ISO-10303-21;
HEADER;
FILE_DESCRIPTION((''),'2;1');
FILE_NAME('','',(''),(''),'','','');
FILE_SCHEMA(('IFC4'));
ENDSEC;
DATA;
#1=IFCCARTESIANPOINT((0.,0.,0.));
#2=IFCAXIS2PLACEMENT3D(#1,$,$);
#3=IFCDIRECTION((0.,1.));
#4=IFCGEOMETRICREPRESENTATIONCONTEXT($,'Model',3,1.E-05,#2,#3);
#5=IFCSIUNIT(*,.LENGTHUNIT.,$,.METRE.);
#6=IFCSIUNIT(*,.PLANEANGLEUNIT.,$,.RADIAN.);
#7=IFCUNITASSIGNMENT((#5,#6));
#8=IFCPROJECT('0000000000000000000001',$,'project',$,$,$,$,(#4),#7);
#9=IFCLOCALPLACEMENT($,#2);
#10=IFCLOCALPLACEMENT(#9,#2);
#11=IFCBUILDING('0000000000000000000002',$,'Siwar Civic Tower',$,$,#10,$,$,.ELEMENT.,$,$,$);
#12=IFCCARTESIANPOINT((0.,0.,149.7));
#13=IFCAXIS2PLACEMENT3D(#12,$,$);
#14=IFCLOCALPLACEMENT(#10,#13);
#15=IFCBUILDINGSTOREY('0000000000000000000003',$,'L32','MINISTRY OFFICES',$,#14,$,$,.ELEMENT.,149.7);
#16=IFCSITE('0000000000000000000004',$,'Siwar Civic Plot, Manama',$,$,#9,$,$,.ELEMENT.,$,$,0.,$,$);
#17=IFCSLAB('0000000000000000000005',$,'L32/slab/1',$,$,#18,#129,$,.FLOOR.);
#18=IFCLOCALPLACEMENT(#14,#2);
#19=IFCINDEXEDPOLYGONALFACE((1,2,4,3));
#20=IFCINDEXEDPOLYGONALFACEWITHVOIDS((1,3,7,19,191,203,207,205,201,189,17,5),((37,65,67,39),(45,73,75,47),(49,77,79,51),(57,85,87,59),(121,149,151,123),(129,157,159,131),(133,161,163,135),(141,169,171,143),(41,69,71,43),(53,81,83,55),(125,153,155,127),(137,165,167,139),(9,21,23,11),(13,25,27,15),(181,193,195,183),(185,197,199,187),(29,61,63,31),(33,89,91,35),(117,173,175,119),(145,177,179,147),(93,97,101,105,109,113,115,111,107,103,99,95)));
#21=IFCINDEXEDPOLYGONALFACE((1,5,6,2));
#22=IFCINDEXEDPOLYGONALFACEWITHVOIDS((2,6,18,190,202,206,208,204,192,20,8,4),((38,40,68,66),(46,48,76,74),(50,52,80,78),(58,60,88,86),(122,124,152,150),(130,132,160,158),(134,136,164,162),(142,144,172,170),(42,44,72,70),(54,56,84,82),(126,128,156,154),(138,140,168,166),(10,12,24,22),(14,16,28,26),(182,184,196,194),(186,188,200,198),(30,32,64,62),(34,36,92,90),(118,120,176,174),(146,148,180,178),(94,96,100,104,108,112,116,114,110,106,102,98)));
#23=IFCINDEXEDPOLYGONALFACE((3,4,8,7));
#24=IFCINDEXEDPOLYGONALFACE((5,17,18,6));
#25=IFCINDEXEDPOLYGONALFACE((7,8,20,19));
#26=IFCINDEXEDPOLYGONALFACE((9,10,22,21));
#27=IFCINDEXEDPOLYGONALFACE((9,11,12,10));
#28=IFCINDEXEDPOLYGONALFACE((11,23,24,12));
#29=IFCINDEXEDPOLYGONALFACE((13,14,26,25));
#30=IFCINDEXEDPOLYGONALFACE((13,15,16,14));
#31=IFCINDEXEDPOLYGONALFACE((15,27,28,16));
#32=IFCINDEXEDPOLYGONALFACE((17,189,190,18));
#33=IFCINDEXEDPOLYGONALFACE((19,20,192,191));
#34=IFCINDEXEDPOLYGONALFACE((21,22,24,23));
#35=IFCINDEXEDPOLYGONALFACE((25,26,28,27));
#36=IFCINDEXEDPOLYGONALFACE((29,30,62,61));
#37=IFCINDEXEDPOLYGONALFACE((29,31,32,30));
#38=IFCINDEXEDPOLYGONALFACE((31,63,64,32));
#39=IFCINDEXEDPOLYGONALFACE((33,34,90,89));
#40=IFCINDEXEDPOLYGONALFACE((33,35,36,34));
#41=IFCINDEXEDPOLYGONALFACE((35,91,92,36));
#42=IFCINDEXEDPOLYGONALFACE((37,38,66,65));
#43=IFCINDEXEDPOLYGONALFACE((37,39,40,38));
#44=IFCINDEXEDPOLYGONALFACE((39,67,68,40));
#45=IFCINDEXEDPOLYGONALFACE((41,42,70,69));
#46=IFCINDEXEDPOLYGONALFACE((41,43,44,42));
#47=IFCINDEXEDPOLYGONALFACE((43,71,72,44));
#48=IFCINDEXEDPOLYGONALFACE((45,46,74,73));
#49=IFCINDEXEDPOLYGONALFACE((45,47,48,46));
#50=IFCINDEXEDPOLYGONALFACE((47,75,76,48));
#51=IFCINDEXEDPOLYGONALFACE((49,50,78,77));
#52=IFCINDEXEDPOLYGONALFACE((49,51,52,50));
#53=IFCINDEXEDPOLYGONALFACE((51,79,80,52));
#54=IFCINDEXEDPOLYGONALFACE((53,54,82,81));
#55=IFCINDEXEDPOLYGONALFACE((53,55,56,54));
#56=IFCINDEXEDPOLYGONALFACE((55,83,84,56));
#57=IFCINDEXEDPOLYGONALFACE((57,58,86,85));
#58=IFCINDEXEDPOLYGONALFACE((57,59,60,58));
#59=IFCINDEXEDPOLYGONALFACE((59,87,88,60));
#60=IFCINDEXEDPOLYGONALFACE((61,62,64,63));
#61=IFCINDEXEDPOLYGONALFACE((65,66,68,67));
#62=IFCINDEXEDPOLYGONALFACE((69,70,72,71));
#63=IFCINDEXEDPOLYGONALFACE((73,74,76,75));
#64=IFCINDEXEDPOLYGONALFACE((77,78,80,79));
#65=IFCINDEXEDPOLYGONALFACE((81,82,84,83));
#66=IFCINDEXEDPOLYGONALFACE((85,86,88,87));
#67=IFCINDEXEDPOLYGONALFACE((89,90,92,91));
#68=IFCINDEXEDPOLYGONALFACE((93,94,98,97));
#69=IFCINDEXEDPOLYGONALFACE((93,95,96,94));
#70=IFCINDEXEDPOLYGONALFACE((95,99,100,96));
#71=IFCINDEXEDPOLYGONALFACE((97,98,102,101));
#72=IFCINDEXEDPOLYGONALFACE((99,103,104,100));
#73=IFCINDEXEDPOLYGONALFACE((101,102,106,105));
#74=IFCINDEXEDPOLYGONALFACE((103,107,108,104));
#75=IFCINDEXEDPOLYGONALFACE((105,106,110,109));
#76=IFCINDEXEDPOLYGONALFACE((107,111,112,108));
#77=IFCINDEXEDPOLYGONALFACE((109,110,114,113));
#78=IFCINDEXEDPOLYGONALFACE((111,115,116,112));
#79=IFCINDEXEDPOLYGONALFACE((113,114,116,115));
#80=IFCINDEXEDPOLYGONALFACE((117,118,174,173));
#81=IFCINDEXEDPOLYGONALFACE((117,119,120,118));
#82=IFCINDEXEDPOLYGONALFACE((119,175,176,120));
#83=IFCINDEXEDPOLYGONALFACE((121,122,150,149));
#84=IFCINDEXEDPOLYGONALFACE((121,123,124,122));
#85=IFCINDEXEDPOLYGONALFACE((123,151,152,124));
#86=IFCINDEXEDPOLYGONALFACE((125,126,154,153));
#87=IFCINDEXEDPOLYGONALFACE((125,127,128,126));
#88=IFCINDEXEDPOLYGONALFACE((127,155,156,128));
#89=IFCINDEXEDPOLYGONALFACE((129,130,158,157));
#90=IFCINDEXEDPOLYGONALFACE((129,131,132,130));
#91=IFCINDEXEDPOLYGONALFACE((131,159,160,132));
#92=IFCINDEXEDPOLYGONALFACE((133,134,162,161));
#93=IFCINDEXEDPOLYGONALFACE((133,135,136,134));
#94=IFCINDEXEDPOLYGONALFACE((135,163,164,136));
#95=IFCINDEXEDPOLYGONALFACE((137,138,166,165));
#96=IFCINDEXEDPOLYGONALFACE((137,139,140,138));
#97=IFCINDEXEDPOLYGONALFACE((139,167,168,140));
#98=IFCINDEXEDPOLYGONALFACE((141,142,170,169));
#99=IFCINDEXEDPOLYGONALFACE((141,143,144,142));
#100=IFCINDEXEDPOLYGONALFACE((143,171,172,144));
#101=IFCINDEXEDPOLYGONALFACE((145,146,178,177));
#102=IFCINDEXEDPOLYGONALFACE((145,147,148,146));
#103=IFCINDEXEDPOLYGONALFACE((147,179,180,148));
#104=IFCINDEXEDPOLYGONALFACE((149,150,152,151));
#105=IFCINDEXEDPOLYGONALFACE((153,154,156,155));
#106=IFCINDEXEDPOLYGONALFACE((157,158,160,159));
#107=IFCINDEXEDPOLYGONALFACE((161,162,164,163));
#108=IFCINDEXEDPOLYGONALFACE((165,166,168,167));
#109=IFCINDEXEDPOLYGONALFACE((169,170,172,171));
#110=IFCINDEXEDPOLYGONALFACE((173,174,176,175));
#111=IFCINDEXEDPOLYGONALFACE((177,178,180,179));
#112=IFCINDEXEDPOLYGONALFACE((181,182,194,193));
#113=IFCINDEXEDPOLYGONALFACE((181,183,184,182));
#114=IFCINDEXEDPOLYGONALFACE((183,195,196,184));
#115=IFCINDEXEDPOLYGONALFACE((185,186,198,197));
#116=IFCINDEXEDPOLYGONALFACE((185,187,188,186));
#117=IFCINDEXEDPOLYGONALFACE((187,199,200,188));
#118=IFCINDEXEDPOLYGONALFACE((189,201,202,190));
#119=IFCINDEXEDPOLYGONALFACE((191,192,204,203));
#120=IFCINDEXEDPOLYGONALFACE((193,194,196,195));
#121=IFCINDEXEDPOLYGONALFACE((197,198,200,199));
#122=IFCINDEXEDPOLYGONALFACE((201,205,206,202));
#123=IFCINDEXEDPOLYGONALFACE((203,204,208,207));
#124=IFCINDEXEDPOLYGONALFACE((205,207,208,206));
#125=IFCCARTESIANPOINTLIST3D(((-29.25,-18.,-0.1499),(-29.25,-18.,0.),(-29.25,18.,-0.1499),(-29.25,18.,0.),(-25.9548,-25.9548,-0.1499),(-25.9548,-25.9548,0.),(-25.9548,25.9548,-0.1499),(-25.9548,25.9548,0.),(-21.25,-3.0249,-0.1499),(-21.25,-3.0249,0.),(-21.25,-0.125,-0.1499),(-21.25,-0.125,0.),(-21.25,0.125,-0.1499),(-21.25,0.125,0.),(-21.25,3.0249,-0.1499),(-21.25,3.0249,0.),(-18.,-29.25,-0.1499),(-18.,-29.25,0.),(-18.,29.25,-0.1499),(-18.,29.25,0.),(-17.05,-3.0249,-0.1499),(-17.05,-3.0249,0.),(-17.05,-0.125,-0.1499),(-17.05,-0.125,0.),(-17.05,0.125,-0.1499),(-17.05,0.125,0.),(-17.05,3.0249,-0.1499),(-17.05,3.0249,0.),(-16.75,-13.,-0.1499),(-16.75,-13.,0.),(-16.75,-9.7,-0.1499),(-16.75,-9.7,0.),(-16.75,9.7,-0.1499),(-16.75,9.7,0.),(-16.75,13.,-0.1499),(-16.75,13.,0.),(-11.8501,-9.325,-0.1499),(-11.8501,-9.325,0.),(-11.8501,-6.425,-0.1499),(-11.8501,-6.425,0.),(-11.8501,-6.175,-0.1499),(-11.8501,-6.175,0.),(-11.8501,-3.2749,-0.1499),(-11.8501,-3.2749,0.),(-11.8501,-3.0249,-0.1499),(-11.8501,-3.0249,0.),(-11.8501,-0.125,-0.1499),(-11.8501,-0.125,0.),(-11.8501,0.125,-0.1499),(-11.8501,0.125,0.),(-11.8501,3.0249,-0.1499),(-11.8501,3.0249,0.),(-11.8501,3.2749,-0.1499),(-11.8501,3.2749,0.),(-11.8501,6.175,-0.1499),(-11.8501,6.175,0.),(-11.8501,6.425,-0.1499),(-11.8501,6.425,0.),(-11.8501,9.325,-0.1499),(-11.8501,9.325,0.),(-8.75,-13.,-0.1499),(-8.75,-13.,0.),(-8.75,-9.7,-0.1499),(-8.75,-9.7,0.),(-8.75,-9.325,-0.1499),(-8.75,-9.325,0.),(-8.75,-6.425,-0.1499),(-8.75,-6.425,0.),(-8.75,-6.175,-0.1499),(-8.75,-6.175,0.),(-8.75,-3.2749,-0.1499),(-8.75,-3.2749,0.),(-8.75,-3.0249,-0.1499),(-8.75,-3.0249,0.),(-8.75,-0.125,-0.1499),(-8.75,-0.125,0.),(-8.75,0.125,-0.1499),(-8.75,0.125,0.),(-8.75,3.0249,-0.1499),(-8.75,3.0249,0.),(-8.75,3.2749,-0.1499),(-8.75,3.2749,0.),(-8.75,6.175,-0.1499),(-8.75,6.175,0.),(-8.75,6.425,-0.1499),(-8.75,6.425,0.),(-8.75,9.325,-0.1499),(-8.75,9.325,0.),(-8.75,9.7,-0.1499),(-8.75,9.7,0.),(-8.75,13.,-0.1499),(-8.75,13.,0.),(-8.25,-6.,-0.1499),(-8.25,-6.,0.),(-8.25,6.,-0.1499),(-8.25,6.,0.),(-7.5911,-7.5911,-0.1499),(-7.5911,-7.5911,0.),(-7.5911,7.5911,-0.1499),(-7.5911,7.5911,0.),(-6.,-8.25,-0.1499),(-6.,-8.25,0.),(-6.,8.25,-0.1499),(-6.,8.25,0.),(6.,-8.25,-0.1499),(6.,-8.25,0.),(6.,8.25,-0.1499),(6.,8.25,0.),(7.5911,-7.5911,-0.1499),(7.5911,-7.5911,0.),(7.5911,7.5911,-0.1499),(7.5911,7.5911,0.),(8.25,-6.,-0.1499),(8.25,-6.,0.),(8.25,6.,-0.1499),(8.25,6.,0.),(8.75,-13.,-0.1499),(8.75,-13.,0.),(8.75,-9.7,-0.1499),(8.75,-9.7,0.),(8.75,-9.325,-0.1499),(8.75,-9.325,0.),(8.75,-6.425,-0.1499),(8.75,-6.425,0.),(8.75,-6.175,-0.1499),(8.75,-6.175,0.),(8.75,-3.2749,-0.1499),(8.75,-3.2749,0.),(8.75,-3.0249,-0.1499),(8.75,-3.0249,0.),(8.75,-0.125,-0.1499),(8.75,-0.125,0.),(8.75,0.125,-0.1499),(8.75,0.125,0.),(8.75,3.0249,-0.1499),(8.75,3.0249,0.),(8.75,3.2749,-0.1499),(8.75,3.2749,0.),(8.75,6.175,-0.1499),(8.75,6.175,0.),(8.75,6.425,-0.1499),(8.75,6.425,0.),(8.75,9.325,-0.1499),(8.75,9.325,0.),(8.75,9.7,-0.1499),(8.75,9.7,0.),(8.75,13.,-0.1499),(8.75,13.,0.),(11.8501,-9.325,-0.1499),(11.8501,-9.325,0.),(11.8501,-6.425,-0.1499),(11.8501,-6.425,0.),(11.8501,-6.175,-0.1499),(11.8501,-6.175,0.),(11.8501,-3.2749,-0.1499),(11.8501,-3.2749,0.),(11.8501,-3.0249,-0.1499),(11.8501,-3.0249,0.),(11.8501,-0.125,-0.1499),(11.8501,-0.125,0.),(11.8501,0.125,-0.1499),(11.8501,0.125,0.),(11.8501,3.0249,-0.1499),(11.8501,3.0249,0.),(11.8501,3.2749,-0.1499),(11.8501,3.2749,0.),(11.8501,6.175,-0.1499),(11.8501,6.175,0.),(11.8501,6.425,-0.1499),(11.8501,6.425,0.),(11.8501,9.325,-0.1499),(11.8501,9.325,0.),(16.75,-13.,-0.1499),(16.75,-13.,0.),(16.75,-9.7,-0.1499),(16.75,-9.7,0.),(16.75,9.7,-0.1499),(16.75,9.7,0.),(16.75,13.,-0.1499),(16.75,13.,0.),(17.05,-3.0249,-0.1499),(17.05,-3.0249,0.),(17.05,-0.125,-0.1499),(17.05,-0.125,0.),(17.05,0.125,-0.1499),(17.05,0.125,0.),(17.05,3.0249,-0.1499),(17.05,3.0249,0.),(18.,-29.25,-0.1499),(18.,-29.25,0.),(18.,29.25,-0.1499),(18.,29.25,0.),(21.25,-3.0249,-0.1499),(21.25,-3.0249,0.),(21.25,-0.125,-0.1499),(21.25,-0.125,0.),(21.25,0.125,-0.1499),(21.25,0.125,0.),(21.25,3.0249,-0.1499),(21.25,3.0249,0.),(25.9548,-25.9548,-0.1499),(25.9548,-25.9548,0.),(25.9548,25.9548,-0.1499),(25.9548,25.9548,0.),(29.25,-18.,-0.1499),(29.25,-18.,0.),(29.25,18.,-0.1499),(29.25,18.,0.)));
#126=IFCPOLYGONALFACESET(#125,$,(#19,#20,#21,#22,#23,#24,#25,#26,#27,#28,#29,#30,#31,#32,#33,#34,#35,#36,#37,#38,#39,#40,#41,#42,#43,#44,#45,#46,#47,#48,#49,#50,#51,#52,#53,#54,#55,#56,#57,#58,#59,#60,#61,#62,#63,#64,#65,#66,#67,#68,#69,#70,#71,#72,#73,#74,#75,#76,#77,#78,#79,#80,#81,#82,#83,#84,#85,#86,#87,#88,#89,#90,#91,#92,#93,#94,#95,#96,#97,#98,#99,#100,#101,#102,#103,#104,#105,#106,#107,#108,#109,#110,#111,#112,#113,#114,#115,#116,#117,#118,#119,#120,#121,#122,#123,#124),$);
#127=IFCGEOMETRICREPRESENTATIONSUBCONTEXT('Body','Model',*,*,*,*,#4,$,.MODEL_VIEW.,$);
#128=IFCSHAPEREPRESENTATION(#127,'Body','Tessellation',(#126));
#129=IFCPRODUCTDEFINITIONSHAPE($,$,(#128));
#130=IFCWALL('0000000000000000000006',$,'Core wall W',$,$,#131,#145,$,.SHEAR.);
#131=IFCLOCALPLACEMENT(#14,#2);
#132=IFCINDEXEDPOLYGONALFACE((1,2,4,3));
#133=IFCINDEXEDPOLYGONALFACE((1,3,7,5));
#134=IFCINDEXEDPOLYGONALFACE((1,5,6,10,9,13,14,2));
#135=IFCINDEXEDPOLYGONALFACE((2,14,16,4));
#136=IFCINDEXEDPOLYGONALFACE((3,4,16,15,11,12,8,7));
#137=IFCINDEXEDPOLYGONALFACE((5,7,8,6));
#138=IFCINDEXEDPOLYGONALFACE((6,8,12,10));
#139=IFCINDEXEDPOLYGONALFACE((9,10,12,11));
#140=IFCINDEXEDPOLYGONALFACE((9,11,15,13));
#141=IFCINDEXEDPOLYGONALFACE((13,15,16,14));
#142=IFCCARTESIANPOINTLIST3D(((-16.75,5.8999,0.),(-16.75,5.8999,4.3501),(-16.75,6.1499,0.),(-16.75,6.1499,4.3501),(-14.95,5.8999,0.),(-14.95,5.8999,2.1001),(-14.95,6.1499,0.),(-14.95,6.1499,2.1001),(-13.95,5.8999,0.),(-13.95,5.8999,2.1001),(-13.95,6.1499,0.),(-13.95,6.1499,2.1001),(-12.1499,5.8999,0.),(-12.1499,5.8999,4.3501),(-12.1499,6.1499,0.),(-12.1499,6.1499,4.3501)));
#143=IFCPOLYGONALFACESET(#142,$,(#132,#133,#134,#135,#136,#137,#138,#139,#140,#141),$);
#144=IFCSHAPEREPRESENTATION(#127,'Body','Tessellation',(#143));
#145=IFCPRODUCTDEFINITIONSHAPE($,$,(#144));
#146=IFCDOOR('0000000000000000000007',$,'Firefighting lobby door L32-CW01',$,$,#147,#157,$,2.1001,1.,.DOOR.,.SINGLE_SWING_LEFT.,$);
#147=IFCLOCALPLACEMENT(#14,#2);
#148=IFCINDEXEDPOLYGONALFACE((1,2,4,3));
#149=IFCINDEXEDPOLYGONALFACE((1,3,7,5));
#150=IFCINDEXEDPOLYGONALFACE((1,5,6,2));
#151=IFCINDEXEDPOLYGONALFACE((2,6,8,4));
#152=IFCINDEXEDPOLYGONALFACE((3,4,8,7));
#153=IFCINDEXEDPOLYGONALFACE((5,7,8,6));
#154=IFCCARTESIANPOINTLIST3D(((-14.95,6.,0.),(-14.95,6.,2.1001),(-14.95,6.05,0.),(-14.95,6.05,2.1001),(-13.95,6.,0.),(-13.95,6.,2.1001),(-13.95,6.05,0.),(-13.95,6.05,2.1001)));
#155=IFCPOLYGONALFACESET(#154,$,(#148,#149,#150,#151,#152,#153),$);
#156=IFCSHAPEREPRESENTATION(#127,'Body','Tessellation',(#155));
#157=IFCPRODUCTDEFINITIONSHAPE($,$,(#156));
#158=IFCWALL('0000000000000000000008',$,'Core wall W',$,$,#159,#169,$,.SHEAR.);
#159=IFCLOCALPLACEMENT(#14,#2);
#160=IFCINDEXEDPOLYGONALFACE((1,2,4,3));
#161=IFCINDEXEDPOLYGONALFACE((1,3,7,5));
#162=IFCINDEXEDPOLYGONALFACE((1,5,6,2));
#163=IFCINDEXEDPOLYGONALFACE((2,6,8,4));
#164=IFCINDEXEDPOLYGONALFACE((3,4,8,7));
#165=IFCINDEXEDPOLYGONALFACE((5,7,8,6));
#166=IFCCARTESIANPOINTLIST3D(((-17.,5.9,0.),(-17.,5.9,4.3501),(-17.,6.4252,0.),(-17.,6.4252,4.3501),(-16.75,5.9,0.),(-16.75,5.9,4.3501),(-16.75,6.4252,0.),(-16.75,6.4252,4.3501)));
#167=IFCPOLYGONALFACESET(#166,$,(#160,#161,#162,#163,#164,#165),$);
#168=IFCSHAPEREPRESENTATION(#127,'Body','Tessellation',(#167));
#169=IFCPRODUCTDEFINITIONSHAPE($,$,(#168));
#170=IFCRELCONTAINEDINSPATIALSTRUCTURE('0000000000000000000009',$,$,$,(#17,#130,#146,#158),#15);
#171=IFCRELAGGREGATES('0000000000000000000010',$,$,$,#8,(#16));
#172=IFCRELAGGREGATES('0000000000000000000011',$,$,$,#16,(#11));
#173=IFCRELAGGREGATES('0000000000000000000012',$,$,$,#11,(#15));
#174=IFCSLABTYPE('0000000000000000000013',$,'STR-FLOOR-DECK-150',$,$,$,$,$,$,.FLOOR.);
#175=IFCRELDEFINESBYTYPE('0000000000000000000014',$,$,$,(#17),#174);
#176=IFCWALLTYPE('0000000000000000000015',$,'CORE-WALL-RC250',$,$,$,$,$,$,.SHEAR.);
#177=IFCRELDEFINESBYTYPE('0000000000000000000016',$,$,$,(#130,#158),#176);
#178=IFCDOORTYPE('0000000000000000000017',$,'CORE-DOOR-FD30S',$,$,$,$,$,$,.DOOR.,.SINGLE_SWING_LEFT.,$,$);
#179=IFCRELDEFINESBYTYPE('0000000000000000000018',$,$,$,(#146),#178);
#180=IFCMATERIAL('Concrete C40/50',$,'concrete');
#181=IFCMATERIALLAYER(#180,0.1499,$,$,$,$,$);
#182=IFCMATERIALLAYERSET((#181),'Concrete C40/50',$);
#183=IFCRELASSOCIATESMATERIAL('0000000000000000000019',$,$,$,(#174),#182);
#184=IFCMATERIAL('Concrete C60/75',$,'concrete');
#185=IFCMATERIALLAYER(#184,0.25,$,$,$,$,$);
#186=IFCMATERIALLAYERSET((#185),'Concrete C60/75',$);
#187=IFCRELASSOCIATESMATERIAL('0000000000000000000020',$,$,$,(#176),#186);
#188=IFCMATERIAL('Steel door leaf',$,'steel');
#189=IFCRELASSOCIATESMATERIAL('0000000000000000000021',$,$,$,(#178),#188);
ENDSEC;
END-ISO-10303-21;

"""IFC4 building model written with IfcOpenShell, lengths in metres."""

from ifc_helpers import new_model, si_unit, direction, frame, frame_2d, origin, place, context, subcontext, project, spatial, polyline, rectangle, outline, extrude, material, layer, layer_set, type_object, element, fill, save


model = new_model("IFC4")

# Units and contexts
model_context = context("Model", 3, precision=1e-05, world=origin(), true_north=direction((0.0, 1.0)))
body_context = subcontext(model_context, "Body", "Model", "MODEL_VIEW")
ifc_project = project(units=[si_unit("LENGTHUNIT", "METRE"), si_unit("PLANEANGLEUNIT", "RADIAN")], contexts=[model_context])

# Site, building, storey
site_placement = place(None, origin())
site = spatial("IfcSite", under=ifc_project, at=site_placement, Name="Siwar Civic Plot, Manama", CompositionType="ELEMENT", RefElevation=0.0)
building_placement = place(site_placement, origin())
building = spatial("IfcBuilding", under=site, at=building_placement, Name="Siwar Civic Tower", CompositionType="ELEMENT")
storey_placement = place(building_placement, frame((0.0, 0.0, 149.7)))
storey = spatial("IfcBuildingStorey", under=building, at=storey_placement, Name="L32", Description="MINISTRY OFFICES", CompositionType="ELEMENT", Elevation=149.7)

# Slab
ifc_material_1 = material(Name="Concrete C40/50", Category="concrete")
ifc_layer_1 = layer(ifc_material_1, 0.1499)
ifc_layer_set_1 = layer_set([ifc_layer_1], Name="Concrete C40/50")
slab_type_1 = type_object("IfcSlabType", Name="STR-FLOOR-DECK-150", PredefinedType="FLOOR", material=ifc_layer_set_1)
slab_1_placement = place(storey_placement, frame((0.0, 0.0, -0.1499)))
element("IfcSlab", 1, at=slab_1_placement, inside=storey, type_object=slab_type_1, Name="L32/slab/1", PredefinedType="FLOOR", context=body_context, shape_type="SweptSolid", body=[
    extrude(outline(polyline([(-18.0, -29.25), (18.0, -29.25), (25.9548, -25.9548), (29.25, -18.0), (29.25, 18.0), (25.9548, 25.9548), (18.0, 29.25), (-18.0, 29.25), (-25.9548, 25.9548), (-29.25, 18.0), (-29.25, -18.0), (-25.9548, -25.9548), (-18.0, -29.25)]), holes=[polyline([(21.25, 3.0249), (21.25, 0.125), (17.05, 0.125), (17.05, 3.0249), (21.25, 3.0249)]), polyline([(17.05, -0.125), (21.25, -0.125), (21.25, -3.0249), (17.05, -3.0249), (17.05, -0.125)]), polyline([(16.75, 13.0), (16.75, 9.7), (8.75, 9.7), (8.75, 13.0), (16.75, 13.0)]), polyline([(8.75, -9.7), (16.75, -9.7), (16.75, -13.0), (8.75, -13.0), (8.75, -9.7)]), polyline([(11.8501, 9.325), (11.8501, 6.425), (8.75, 6.425), (8.75, 9.325), (11.8501, 9.325)]), polyline([(11.8501, 3.0249), (11.8501, 0.125), (8.75, 0.125), (8.75, 3.0249), (11.8501, 3.0249)]), polyline([(11.8501, -0.125), (11.8501, -3.0249), (8.75, -3.0249), (8.75, -0.125), (11.8501, -0.125)]), polyline([(11.8501, -3.2749), (11.8501, -6.175), (8.75, -6.175), (8.75, -3.2749), (11.8501, -3.2749)]), polyline([(8.75, 6.175), (11.8501, 6.175), (11.8501, 3.2749), (8.75, 3.2749), (8.75, 6.175)]), polyline([(8.75, -6.425), (11.8501, -6.425), (11.8501, -9.325), (8.75, -9.325), (8.75, -6.425)]), polyline([(-6.0, 8.25), (6.0, 8.25), (7.5911, 7.5911), (8.25, 6.0), (8.25, -6.0), (7.5911, -7.5911), (6.0, -8.25), (-6.0, -8.25), (-7.5911, -7.5911), (-8.25, -6.0), (-8.25, 6.0), (-7.5911, 7.5911), (-6.0, 8.25)]), polyline([(-8.75, 9.7), (-16.75, 9.7), (-16.75, 13.0), (-8.75, 13.0), (-8.75, 9.7)]), polyline([(-8.75, 0.125), (-11.8501, 0.125), (-11.8501, 3.0249), (-8.75, 3.0249), (-8.75, 0.125)]), polyline([(-8.75, -6.175), (-11.8501, -6.175), (-11.8501, -3.2749), (-8.75, -3.2749), (-8.75, -6.175)]), polyline([(-8.75, -9.325), (-11.8501, -9.325), (-11.8501, -6.425), (-8.75, -6.425), (-8.75, -9.325)]), polyline([(-8.75, -13.0), (-16.75, -13.0), (-16.75, -9.7), (-8.75, -9.7), (-8.75, -13.0)]), polyline([(-11.8501, 6.425), (-11.8501, 9.325), (-8.75, 9.325), (-8.75, 6.425), (-11.8501, 6.425)]), polyline([(-11.8501, 3.2749), (-11.8501, 6.175), (-8.75, 6.175), (-8.75, 3.2749), (-11.8501, 3.2749)]), polyline([(-11.8501, -3.0249), (-11.8501, -0.125), (-8.75, -0.125), (-8.75, -3.0249), (-11.8501, -3.0249)]), polyline([(-21.25, -3.0249), (-21.25, -0.125), (-17.05, -0.125), (-17.05, -3.0249), (-21.25, -3.0249)]), polyline([(-17.05, 0.125), (-21.25, 0.125), (-21.25, 3.0249), (-17.05, 3.0249), (-17.05, 0.125)])]), origin(), (0.0, 0.0, 1.0), 0.1499),
])

# Wall, opening, door
ifc_material_2 = material(Name="Concrete C60/75", Category="concrete")
ifc_layer_2 = layer(ifc_material_2, 0.25)
ifc_layer_set_2 = layer_set([ifc_layer_2], Name="Concrete C60/75")
wall_type_1 = type_object("IfcWallType", Name="CORE-WALL-RC250", PredefinedType="SHEAR", material=ifc_layer_set_2)
wall_1_placement = place(storey_placement, frame((-12.1499, 6.0249, 0.0), z_axis=(0.0, 0.0, 1.0), x_axis=(-1.0, 0.0, 0.0)))
wall_1 = element("IfcWall", 2, at=wall_1_placement, inside=storey, type_object=wall_type_1, Name="Core wall W", PredefinedType="SHEAR", context=body_context, shape_type="SweptSolid", body=[
    extrude(rectangle(XDim=4.6001, YDim=0.25, at=frame_2d((2.3, 0.0))), origin(), (0.0, 0.0, 1.0), 4.3501),
])
opening_placement = place(wall_1_placement, frame((1.8, 0.0, 0.0)))
opening = element("IfcOpeningElement", 3, at=opening_placement, cuts=wall_1, PredefinedType="OPENING", context=body_context, shape_type="SweptSolid", body=[
    extrude(rectangle(XDim=1.0, YDim=2.1001, at=frame_2d((0.5, 1.05))), frame((0.0, 0.135, 0.0), z_axis=(0.0, -1.0, 0.0), x_axis=(1.0, 0.0, 0.0)), (0.0, 0.0, 1.0), 0.27),
])
ifc_material_3 = material(Name="Steel door leaf", Category="steel")
door_type = type_object("IfcDoorType", Name="CORE-DOOR-FD30S", OperationType="SINGLE_SWING_LEFT", PredefinedType="DOOR", material=ifc_material_3)
door_placement = place(opening_placement, origin())
door = element("IfcDoor", 4, at=door_placement, inside=storey, type_object=door_type, Name="Firefighting lobby door L32-CW01", OperationType="SINGLE_SWING_LEFT", OverallHeight=2.1001, OverallWidth=1.0, PredefinedType="DOOR", context=body_context, shape_type="SweptSolid", body=[
    extrude(rectangle(XDim=1.0, YDim=2.1001, at=frame_2d((0.5, 1.05))), frame((0.0, 0.0249, 0.0), z_axis=(0.0, -1.0, 0.0), x_axis=(1.0, 0.0, 0.0)), (0.0, 0.0, 1.0), 0.05),
])
fill(opening, door)

# Wall
wall_2_placement = place(storey_placement, frame((-16.875, 5.8999, 0.0), z_axis=(0.0, 0.0, 1.0), x_axis=(0.0, 1.0, 0.0)))
element("IfcWall", 5, at=wall_2_placement, inside=storey, type_object=wall_type_1, Name="Core wall W", PredefinedType="SHEAR", context=body_context, shape_type="SweptSolid", body=[
    extrude(rectangle(XDim=0.5251, YDim=0.25, at=frame_2d((0.2627, 0.0))), origin(), (0.0, 0.0, 1.0), 4.3501),
])

save(model, "model.ifc")
